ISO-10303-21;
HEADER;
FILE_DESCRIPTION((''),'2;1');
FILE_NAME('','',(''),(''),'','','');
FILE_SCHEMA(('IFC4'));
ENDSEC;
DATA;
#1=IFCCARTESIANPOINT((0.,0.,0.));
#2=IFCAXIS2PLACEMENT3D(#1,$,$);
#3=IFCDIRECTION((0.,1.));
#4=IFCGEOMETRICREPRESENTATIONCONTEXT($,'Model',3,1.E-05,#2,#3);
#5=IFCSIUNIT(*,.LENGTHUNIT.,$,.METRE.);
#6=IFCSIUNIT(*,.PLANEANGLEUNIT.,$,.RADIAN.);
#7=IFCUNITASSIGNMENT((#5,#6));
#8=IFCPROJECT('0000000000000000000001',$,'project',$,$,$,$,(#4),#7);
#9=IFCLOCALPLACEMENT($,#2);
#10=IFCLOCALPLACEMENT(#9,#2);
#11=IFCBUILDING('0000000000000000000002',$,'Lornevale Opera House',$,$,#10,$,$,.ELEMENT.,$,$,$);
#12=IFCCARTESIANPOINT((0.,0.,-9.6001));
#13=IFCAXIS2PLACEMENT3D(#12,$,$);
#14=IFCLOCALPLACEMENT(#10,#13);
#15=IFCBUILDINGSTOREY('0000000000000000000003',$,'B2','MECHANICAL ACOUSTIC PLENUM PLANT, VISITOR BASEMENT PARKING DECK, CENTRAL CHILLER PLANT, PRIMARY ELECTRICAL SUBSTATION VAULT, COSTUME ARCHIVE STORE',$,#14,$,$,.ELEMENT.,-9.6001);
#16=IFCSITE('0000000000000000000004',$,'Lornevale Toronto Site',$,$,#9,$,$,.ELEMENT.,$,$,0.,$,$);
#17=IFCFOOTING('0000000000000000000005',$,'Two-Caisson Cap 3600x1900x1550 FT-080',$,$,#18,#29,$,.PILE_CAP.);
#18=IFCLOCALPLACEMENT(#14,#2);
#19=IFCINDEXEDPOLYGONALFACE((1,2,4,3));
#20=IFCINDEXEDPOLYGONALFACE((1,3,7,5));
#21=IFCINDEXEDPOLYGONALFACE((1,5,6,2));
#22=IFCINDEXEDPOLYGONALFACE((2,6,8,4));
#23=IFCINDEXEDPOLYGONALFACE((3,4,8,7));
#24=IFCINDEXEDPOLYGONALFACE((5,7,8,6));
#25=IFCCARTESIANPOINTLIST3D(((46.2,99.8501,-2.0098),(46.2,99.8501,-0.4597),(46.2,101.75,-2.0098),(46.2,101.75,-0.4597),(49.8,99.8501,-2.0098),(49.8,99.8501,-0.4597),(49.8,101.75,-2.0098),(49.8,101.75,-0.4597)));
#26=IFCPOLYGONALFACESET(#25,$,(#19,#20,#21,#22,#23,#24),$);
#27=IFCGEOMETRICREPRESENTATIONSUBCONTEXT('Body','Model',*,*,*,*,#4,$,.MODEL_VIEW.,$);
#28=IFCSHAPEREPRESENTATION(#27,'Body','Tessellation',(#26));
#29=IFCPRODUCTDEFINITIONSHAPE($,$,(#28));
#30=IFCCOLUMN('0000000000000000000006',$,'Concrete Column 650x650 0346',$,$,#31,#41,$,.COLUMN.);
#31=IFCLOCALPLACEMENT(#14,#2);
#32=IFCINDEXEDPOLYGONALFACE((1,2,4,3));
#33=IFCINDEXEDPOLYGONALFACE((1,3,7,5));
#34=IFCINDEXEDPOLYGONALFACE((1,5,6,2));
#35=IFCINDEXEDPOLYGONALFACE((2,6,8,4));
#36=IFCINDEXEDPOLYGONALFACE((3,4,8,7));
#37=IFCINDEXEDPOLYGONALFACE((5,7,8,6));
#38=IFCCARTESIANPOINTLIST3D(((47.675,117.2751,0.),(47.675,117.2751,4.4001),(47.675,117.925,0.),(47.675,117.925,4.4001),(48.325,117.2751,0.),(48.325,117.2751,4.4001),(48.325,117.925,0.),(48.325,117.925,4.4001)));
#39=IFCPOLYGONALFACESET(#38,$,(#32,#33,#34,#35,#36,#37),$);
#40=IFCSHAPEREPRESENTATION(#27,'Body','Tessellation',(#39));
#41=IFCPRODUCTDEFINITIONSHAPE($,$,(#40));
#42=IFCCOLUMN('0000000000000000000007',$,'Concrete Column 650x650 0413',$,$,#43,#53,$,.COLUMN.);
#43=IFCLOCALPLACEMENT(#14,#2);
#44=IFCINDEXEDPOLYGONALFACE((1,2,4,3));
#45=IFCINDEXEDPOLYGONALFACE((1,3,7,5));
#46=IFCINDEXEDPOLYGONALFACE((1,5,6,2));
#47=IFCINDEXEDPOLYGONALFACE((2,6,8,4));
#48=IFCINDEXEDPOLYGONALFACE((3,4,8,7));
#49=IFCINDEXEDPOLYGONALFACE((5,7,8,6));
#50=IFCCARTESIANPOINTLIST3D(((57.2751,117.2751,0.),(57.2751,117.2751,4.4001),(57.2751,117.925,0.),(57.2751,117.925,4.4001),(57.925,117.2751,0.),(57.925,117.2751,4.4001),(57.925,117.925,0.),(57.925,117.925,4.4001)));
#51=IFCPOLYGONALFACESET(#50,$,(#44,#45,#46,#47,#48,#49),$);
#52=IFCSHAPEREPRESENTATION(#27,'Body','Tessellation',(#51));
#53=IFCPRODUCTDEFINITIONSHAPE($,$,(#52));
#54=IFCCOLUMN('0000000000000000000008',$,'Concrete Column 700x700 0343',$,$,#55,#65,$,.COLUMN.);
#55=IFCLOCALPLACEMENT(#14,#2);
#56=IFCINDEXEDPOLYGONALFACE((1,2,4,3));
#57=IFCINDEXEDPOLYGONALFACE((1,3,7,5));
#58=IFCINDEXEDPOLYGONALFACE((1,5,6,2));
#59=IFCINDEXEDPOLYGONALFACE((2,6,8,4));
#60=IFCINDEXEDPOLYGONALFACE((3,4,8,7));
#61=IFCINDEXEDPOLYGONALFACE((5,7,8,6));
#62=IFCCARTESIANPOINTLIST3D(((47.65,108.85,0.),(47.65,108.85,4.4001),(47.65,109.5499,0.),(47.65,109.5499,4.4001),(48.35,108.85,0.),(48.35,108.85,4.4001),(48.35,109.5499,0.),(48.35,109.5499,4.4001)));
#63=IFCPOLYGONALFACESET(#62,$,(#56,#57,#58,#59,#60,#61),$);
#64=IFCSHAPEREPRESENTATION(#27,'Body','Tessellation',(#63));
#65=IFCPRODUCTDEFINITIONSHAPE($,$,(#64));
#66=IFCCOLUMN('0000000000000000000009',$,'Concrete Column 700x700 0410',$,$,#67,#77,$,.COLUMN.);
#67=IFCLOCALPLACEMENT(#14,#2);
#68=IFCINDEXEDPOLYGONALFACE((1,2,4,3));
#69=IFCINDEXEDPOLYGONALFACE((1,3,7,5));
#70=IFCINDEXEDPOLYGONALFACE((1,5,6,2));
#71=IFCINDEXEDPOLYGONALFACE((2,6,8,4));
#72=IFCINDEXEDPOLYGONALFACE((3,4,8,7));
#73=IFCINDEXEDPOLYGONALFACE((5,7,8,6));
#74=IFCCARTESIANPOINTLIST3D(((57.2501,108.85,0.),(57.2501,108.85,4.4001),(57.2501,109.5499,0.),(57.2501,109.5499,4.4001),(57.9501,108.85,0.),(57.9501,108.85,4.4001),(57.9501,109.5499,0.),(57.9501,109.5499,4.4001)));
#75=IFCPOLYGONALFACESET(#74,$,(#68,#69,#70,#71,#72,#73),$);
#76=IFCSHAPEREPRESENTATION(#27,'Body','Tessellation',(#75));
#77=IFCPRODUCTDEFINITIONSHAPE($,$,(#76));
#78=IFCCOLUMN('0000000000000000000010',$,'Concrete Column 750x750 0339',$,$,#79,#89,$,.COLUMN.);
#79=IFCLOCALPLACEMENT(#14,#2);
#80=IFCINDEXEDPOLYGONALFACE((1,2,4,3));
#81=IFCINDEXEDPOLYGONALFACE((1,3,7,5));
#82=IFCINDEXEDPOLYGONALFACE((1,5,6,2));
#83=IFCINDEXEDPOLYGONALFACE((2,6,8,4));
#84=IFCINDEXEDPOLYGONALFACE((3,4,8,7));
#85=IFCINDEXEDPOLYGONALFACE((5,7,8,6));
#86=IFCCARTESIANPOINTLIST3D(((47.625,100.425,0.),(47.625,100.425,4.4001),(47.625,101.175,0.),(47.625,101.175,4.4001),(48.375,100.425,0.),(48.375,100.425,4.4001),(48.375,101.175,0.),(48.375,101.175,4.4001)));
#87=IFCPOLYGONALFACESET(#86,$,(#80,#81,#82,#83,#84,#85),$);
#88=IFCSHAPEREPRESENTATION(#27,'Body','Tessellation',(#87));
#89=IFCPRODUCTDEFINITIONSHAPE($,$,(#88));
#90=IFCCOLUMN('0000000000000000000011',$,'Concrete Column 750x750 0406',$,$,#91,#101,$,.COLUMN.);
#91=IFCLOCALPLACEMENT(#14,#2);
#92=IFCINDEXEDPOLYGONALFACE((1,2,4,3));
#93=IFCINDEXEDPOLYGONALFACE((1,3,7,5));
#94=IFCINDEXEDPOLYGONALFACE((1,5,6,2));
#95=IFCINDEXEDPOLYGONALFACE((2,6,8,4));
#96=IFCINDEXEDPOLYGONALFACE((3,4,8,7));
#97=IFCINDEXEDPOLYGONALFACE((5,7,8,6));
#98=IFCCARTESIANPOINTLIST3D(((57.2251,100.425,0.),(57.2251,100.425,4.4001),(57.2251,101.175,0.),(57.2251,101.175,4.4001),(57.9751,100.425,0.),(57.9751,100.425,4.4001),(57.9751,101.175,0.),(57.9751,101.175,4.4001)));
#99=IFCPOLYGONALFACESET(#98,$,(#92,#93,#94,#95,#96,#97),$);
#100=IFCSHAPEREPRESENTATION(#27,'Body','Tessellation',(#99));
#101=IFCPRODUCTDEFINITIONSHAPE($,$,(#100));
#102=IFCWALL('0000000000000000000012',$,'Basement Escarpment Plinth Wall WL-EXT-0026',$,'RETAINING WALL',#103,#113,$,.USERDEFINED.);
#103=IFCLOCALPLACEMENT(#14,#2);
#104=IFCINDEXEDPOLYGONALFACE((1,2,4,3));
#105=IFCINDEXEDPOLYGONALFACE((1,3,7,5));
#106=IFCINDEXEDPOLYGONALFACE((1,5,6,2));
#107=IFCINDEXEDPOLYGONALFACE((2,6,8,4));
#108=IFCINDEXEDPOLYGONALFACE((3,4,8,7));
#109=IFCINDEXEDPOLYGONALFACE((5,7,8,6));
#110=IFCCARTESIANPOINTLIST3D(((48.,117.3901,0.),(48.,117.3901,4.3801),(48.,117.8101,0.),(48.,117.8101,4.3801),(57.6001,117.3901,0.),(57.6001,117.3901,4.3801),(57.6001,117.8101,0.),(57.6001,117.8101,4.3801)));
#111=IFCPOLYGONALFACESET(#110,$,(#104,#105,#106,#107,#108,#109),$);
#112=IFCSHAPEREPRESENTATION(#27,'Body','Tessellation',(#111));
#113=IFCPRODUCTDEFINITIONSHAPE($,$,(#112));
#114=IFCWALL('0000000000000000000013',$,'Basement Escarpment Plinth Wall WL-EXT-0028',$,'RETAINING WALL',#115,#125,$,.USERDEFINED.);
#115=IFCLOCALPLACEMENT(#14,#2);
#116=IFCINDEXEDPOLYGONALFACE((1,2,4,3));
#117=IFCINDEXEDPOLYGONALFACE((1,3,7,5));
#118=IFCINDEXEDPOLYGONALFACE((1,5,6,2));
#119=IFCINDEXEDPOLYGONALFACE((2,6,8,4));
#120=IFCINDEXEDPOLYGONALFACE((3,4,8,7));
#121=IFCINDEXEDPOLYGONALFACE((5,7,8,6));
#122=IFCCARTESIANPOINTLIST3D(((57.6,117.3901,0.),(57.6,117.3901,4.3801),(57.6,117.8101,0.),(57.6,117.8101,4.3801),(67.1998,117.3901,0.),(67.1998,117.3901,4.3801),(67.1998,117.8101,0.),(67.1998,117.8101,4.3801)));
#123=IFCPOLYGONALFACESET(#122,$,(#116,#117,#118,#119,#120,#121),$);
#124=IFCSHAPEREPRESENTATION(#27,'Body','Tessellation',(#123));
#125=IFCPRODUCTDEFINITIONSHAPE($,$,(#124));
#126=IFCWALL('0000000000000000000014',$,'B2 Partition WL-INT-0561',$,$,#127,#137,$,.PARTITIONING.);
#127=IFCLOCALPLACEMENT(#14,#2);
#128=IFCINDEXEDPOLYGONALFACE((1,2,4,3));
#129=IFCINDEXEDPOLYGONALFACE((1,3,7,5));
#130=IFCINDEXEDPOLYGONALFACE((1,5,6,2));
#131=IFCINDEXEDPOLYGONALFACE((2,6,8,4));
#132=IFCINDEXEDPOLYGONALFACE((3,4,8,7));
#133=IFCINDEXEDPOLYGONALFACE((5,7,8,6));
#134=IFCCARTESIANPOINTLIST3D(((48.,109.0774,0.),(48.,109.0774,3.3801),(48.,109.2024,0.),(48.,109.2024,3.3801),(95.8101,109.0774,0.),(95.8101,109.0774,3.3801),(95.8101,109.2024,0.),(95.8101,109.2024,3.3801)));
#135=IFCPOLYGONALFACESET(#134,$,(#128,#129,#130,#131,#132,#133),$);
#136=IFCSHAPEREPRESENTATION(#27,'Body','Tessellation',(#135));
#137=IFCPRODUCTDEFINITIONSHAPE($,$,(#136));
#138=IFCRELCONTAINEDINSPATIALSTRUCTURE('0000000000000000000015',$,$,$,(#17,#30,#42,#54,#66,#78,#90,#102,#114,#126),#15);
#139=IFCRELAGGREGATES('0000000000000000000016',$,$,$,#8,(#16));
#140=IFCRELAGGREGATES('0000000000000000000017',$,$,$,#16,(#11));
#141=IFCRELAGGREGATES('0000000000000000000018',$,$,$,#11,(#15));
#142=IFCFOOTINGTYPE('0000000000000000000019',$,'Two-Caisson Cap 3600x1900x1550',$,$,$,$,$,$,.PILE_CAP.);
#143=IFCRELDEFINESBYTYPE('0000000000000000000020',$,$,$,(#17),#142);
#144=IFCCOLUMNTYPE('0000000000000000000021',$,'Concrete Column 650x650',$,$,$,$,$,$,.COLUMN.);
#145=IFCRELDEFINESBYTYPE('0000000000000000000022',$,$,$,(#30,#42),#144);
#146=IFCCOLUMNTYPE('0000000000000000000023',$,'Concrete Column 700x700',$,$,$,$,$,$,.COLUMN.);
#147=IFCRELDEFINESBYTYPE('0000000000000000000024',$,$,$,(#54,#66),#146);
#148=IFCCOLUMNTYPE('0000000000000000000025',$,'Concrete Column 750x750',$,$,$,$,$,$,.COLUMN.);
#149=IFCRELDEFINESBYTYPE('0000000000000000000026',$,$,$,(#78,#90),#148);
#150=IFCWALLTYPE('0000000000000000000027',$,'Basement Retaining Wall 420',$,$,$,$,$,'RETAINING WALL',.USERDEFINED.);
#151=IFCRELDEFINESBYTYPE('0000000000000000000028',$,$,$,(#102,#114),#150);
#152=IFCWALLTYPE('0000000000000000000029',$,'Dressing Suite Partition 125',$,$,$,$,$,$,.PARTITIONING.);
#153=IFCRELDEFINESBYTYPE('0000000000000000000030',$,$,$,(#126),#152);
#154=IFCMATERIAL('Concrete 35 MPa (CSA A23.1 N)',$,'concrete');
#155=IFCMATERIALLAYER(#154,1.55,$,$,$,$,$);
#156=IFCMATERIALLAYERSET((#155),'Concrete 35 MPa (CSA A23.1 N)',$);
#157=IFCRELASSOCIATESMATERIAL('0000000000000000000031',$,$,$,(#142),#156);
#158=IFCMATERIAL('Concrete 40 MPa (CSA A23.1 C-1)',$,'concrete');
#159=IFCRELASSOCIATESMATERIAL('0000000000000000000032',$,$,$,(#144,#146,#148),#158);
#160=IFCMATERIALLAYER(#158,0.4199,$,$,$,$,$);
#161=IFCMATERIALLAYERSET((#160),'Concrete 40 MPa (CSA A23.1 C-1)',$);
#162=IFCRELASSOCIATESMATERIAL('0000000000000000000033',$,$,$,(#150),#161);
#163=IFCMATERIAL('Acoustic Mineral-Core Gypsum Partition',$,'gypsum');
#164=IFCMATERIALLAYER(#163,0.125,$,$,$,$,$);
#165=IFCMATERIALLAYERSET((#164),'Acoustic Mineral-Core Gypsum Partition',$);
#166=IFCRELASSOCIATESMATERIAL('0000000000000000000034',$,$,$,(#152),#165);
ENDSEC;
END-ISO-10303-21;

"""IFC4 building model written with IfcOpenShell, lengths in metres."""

from ifc_helpers import new_model, si_unit, direction, frame, frame_2d, origin, origin_2d, place, context, subcontext, project, spatial, rectangle, extrude, material, layer, layer_set, material_profile, profile_set, type_object, element, save


model = new_model("IFC4")

# Units and contexts
model_context = context("Model", 3, precision=1e-05, world=origin(), true_north=direction((0.0, 1.0)))
body_context = subcontext(model_context, "Body", "Model", "MODEL_VIEW")
ifc_project = project(units=[si_unit("LENGTHUNIT", "METRE"), si_unit("PLANEANGLEUNIT", "RADIAN")], contexts=[model_context])

# Site, building, storey
site_placement = place(None, origin())
site = spatial("IfcSite", under=ifc_project, at=site_placement, Name="Lornevale Toronto Site", CompositionType="ELEMENT", RefElevation=0.0)
building_placement = place(site_placement, origin())
building = spatial("IfcBuilding", under=site, at=building_placement, Name="Lornevale Opera House", CompositionType="ELEMENT")
storey_placement = place(building_placement, frame((0.0, 0.0, -9.6001)))
storey = spatial("IfcBuildingStorey", under=building, at=storey_placement, Name="B2", Description="MECHANICAL ACOUSTIC PLENUM PLANT, VISITOR BASEMENT PARKING DECK, CENTRAL CHILLER PLANT, PRIMARY ELECTRICAL SUBSTATION VAULT, COSTUME ARCHIVE STORE", CompositionType="ELEMENT", Elevation=-9.6001)

# Shared definitions
ifc_material_1 = material(Name="Concrete 35 MPa (CSA A23.1 N)", Category="concrete")

# Shared definitions
ifc_material_2 = material(Name="Concrete 40 MPa (CSA A23.1 C-1)", Category="concrete")

# Footing
ifc_layer_1 = layer(ifc_material_1, 1.55)
ifc_layer_set_1 = layer_set([ifc_layer_1], Name="Concrete 35 MPa (CSA A23.1 N)")
footing_type_1 = type_object("IfcFootingType", Name="Two-Caisson Cap 3600x1900x1550", PredefinedType="PILE_CAP", material=ifc_layer_set_1)
footing_1_placement = place(storey_placement, frame((48.0, 100.8, -2.0098), z_axis=(0.0, 0.0, 1.0), x_axis=(1.0, 0.0, 0.0)))
element("IfcFooting", 1, at=footing_1_placement, inside=storey, type_object=footing_type_1, Name="Two-Caisson Cap 3600x1900x1550 FT-080", PredefinedType="PILE_CAP", context=body_context, shape_type="SweptSolid", body=[
    extrude(rectangle(XDim=3.6001, YDim=1.8999, at=origin_2d()), origin(), (0.0, 0.0, 1.0), 1.55),
])

# Columns
ifc_material_profile_1 = material_profile(ifc_material_2, rectangle(XDim=0.6499, YDim=0.6499, at=origin_2d()), Name="RC650x650")
ifc_profile_set_1 = profile_set([ifc_material_profile_1], Name="Concrete 40 MPa (CSA A23.1 C-1)")
column_type_1 = type_object("IfcColumnType", Name="Concrete Column 650x650", PredefinedType="COLUMN", material=ifc_profile_set_1)
for number, where, z_axis, x_axis, name in (
    (2, (48.0, 117.6001, 0.0), (0.0, 0.0, 1.0), (1.0, 0.0, 0.0), "Concrete Column 650x650 0346"),
    (3, (57.6001, 117.6001, 0.0), (0.0, 0.0, 1.0), (1.0, 0.0, 0.0), "Concrete Column 650x650 0413"),
):
    element("IfcColumn", number, at=place(storey_placement, frame(where, z_axis=z_axis, x_axis=x_axis)), inside=storey, type_object=column_type_1, Name=name, PredefinedType="COLUMN", context=body_context, shape_type="SweptSolid", body=[
        extrude(rectangle(XDim=0.6499, YDim=0.6499, at=origin_2d()), origin(), (0.0, 0.0, 1.0), 4.4001),
    ])
ifc_material_profile_2 = material_profile(ifc_material_2, rectangle(XDim=0.7, YDim=0.7, at=origin_2d()), Name="RC700x700")
ifc_profile_set_2 = profile_set([ifc_material_profile_2], Name="Concrete 40 MPa (CSA A23.1 C-1)")
column_type_2 = type_object("IfcColumnType", Name="Concrete Column 700x700", PredefinedType="COLUMN", material=ifc_profile_set_2)
for number, where, z_axis, x_axis, name in (
    (4, (48.0, 109.2, 0.0), (0.0, 0.0, 1.0), (1.0, 0.0, 0.0), "Concrete Column 700x700 0343"),
    (5, (57.6001, 109.2, 0.0), (0.0, 0.0, 1.0), (1.0, 0.0, 0.0), "Concrete Column 700x700 0410"),
):
    element("IfcColumn", number, at=place(storey_placement, frame(where, z_axis=z_axis, x_axis=x_axis)), inside=storey, type_object=column_type_2, Name=name, PredefinedType="COLUMN", context=body_context, shape_type="SweptSolid", body=[
        extrude(rectangle(XDim=0.7, YDim=0.7, at=origin_2d()), origin(), (0.0, 0.0, 1.0), 4.4001),
    ])
ifc_material_profile_3 = material_profile(ifc_material_2, rectangle(XDim=0.75, YDim=0.75, at=origin_2d()), Name="RC750x750")
ifc_profile_set_3 = profile_set([ifc_material_profile_3], Name="Concrete 40 MPa (CSA A23.1 C-1)")
column_type_3 = type_object("IfcColumnType", Name="Concrete Column 750x750", PredefinedType="COLUMN", material=ifc_profile_set_3)
for number, where, z_axis, x_axis, name in (
    (6, (48.0, 100.8, 0.0), (0.0, 0.0, 1.0), (1.0, 0.0, 0.0), "Concrete Column 750x750 0339"),
    (7, (57.6001, 100.8, 0.0), (0.0, 0.0, 1.0), (1.0, 0.0, 0.0), "Concrete Column 750x750 0406"),
):
    element("IfcColumn", number, at=place(storey_placement, frame(where, z_axis=z_axis, x_axis=x_axis)), inside=storey, type_object=column_type_3, Name=name, PredefinedType="COLUMN", context=body_context, shape_type="SweptSolid", body=[
        extrude(rectangle(XDim=0.75, YDim=0.75, at=origin_2d()), origin(), (0.0, 0.0, 1.0), 4.4001),
    ])

# Walls
ifc_layer_2 = layer(ifc_material_2, 0.4199)
ifc_layer_set_2 = layer_set([ifc_layer_2], Name="Concrete 40 MPa (CSA A23.1 C-1)")
wall_type_1 = type_object("IfcWallType", Name="Basement Retaining Wall 420", ElementType="RETAINING WALL", PredefinedType="USERDEFINED", material=ifc_layer_set_2)
wall_1_placement = place(storey_placement, frame((48.0, 117.6001, 0.0), z_axis=(0.0, 0.0, 1.0), x_axis=(1.0, 0.0, 0.0)))
element("IfcWall", 8, at=wall_1_placement, inside=storey, type_object=wall_type_1, Name="Basement Escarpment Plinth Wall WL-EXT-0026", ObjectType="RETAINING WALL", PredefinedType="USERDEFINED", context=body_context, shape_type="SweptSolid", body=[
    extrude(rectangle(XDim=9.6001, YDim=0.4199, at=frame_2d((4.8, 0.0))), origin(), (0.0, 0.0, 1.0), 4.3801),
])
wall_2_placement = place(storey_placement, frame((57.6001, 117.6001, 0.0), z_axis=(0.0, 0.0, 1.0), x_axis=(1.0, 0.0, 0.0)))
element("IfcWall", 9, at=wall_2_placement, inside=storey, type_object=wall_type_1, Name="Basement Escarpment Plinth Wall WL-EXT-0028", ObjectType="RETAINING WALL", PredefinedType="USERDEFINED", context=body_context, shape_type="SweptSolid", body=[
    extrude(rectangle(XDim=9.5999, YDim=0.4199, at=frame_2d((4.7998, 0.0))), origin(), (0.0, 0.0, 1.0), 4.3801),
])
ifc_material_3 = material(Name="Acoustic Mineral-Core Gypsum Partition", Category="gypsum")
ifc_layer_3 = layer(ifc_material_3, 0.125)
ifc_layer_set_3 = layer_set([ifc_layer_3], Name="Acoustic Mineral-Core Gypsum Partition")
wall_type_2 = type_object("IfcWallType", Name="Dressing Suite Partition 125", PredefinedType="PARTITIONING", material=ifc_layer_set_3)
wall_3_placement = place(storey_placement, frame((48.0, 109.1399, 0.0), z_axis=(0.0, 0.0, 1.0), x_axis=(1.0, 0.0, 0.0)))
element("IfcWall", 10, at=wall_3_placement, inside=storey, type_object=wall_type_2, Name="B2 Partition WL-INT-0561", PredefinedType="PARTITIONING", context=body_context, shape_type="SweptSolid", body=[
    extrude(rectangle(XDim=47.8101, YDim=0.125, at=frame_2d((23.905, 0.0))), origin(), (0.0, 0.0, 1.0), 3.3801),
])

save(model, "model.ifc")
